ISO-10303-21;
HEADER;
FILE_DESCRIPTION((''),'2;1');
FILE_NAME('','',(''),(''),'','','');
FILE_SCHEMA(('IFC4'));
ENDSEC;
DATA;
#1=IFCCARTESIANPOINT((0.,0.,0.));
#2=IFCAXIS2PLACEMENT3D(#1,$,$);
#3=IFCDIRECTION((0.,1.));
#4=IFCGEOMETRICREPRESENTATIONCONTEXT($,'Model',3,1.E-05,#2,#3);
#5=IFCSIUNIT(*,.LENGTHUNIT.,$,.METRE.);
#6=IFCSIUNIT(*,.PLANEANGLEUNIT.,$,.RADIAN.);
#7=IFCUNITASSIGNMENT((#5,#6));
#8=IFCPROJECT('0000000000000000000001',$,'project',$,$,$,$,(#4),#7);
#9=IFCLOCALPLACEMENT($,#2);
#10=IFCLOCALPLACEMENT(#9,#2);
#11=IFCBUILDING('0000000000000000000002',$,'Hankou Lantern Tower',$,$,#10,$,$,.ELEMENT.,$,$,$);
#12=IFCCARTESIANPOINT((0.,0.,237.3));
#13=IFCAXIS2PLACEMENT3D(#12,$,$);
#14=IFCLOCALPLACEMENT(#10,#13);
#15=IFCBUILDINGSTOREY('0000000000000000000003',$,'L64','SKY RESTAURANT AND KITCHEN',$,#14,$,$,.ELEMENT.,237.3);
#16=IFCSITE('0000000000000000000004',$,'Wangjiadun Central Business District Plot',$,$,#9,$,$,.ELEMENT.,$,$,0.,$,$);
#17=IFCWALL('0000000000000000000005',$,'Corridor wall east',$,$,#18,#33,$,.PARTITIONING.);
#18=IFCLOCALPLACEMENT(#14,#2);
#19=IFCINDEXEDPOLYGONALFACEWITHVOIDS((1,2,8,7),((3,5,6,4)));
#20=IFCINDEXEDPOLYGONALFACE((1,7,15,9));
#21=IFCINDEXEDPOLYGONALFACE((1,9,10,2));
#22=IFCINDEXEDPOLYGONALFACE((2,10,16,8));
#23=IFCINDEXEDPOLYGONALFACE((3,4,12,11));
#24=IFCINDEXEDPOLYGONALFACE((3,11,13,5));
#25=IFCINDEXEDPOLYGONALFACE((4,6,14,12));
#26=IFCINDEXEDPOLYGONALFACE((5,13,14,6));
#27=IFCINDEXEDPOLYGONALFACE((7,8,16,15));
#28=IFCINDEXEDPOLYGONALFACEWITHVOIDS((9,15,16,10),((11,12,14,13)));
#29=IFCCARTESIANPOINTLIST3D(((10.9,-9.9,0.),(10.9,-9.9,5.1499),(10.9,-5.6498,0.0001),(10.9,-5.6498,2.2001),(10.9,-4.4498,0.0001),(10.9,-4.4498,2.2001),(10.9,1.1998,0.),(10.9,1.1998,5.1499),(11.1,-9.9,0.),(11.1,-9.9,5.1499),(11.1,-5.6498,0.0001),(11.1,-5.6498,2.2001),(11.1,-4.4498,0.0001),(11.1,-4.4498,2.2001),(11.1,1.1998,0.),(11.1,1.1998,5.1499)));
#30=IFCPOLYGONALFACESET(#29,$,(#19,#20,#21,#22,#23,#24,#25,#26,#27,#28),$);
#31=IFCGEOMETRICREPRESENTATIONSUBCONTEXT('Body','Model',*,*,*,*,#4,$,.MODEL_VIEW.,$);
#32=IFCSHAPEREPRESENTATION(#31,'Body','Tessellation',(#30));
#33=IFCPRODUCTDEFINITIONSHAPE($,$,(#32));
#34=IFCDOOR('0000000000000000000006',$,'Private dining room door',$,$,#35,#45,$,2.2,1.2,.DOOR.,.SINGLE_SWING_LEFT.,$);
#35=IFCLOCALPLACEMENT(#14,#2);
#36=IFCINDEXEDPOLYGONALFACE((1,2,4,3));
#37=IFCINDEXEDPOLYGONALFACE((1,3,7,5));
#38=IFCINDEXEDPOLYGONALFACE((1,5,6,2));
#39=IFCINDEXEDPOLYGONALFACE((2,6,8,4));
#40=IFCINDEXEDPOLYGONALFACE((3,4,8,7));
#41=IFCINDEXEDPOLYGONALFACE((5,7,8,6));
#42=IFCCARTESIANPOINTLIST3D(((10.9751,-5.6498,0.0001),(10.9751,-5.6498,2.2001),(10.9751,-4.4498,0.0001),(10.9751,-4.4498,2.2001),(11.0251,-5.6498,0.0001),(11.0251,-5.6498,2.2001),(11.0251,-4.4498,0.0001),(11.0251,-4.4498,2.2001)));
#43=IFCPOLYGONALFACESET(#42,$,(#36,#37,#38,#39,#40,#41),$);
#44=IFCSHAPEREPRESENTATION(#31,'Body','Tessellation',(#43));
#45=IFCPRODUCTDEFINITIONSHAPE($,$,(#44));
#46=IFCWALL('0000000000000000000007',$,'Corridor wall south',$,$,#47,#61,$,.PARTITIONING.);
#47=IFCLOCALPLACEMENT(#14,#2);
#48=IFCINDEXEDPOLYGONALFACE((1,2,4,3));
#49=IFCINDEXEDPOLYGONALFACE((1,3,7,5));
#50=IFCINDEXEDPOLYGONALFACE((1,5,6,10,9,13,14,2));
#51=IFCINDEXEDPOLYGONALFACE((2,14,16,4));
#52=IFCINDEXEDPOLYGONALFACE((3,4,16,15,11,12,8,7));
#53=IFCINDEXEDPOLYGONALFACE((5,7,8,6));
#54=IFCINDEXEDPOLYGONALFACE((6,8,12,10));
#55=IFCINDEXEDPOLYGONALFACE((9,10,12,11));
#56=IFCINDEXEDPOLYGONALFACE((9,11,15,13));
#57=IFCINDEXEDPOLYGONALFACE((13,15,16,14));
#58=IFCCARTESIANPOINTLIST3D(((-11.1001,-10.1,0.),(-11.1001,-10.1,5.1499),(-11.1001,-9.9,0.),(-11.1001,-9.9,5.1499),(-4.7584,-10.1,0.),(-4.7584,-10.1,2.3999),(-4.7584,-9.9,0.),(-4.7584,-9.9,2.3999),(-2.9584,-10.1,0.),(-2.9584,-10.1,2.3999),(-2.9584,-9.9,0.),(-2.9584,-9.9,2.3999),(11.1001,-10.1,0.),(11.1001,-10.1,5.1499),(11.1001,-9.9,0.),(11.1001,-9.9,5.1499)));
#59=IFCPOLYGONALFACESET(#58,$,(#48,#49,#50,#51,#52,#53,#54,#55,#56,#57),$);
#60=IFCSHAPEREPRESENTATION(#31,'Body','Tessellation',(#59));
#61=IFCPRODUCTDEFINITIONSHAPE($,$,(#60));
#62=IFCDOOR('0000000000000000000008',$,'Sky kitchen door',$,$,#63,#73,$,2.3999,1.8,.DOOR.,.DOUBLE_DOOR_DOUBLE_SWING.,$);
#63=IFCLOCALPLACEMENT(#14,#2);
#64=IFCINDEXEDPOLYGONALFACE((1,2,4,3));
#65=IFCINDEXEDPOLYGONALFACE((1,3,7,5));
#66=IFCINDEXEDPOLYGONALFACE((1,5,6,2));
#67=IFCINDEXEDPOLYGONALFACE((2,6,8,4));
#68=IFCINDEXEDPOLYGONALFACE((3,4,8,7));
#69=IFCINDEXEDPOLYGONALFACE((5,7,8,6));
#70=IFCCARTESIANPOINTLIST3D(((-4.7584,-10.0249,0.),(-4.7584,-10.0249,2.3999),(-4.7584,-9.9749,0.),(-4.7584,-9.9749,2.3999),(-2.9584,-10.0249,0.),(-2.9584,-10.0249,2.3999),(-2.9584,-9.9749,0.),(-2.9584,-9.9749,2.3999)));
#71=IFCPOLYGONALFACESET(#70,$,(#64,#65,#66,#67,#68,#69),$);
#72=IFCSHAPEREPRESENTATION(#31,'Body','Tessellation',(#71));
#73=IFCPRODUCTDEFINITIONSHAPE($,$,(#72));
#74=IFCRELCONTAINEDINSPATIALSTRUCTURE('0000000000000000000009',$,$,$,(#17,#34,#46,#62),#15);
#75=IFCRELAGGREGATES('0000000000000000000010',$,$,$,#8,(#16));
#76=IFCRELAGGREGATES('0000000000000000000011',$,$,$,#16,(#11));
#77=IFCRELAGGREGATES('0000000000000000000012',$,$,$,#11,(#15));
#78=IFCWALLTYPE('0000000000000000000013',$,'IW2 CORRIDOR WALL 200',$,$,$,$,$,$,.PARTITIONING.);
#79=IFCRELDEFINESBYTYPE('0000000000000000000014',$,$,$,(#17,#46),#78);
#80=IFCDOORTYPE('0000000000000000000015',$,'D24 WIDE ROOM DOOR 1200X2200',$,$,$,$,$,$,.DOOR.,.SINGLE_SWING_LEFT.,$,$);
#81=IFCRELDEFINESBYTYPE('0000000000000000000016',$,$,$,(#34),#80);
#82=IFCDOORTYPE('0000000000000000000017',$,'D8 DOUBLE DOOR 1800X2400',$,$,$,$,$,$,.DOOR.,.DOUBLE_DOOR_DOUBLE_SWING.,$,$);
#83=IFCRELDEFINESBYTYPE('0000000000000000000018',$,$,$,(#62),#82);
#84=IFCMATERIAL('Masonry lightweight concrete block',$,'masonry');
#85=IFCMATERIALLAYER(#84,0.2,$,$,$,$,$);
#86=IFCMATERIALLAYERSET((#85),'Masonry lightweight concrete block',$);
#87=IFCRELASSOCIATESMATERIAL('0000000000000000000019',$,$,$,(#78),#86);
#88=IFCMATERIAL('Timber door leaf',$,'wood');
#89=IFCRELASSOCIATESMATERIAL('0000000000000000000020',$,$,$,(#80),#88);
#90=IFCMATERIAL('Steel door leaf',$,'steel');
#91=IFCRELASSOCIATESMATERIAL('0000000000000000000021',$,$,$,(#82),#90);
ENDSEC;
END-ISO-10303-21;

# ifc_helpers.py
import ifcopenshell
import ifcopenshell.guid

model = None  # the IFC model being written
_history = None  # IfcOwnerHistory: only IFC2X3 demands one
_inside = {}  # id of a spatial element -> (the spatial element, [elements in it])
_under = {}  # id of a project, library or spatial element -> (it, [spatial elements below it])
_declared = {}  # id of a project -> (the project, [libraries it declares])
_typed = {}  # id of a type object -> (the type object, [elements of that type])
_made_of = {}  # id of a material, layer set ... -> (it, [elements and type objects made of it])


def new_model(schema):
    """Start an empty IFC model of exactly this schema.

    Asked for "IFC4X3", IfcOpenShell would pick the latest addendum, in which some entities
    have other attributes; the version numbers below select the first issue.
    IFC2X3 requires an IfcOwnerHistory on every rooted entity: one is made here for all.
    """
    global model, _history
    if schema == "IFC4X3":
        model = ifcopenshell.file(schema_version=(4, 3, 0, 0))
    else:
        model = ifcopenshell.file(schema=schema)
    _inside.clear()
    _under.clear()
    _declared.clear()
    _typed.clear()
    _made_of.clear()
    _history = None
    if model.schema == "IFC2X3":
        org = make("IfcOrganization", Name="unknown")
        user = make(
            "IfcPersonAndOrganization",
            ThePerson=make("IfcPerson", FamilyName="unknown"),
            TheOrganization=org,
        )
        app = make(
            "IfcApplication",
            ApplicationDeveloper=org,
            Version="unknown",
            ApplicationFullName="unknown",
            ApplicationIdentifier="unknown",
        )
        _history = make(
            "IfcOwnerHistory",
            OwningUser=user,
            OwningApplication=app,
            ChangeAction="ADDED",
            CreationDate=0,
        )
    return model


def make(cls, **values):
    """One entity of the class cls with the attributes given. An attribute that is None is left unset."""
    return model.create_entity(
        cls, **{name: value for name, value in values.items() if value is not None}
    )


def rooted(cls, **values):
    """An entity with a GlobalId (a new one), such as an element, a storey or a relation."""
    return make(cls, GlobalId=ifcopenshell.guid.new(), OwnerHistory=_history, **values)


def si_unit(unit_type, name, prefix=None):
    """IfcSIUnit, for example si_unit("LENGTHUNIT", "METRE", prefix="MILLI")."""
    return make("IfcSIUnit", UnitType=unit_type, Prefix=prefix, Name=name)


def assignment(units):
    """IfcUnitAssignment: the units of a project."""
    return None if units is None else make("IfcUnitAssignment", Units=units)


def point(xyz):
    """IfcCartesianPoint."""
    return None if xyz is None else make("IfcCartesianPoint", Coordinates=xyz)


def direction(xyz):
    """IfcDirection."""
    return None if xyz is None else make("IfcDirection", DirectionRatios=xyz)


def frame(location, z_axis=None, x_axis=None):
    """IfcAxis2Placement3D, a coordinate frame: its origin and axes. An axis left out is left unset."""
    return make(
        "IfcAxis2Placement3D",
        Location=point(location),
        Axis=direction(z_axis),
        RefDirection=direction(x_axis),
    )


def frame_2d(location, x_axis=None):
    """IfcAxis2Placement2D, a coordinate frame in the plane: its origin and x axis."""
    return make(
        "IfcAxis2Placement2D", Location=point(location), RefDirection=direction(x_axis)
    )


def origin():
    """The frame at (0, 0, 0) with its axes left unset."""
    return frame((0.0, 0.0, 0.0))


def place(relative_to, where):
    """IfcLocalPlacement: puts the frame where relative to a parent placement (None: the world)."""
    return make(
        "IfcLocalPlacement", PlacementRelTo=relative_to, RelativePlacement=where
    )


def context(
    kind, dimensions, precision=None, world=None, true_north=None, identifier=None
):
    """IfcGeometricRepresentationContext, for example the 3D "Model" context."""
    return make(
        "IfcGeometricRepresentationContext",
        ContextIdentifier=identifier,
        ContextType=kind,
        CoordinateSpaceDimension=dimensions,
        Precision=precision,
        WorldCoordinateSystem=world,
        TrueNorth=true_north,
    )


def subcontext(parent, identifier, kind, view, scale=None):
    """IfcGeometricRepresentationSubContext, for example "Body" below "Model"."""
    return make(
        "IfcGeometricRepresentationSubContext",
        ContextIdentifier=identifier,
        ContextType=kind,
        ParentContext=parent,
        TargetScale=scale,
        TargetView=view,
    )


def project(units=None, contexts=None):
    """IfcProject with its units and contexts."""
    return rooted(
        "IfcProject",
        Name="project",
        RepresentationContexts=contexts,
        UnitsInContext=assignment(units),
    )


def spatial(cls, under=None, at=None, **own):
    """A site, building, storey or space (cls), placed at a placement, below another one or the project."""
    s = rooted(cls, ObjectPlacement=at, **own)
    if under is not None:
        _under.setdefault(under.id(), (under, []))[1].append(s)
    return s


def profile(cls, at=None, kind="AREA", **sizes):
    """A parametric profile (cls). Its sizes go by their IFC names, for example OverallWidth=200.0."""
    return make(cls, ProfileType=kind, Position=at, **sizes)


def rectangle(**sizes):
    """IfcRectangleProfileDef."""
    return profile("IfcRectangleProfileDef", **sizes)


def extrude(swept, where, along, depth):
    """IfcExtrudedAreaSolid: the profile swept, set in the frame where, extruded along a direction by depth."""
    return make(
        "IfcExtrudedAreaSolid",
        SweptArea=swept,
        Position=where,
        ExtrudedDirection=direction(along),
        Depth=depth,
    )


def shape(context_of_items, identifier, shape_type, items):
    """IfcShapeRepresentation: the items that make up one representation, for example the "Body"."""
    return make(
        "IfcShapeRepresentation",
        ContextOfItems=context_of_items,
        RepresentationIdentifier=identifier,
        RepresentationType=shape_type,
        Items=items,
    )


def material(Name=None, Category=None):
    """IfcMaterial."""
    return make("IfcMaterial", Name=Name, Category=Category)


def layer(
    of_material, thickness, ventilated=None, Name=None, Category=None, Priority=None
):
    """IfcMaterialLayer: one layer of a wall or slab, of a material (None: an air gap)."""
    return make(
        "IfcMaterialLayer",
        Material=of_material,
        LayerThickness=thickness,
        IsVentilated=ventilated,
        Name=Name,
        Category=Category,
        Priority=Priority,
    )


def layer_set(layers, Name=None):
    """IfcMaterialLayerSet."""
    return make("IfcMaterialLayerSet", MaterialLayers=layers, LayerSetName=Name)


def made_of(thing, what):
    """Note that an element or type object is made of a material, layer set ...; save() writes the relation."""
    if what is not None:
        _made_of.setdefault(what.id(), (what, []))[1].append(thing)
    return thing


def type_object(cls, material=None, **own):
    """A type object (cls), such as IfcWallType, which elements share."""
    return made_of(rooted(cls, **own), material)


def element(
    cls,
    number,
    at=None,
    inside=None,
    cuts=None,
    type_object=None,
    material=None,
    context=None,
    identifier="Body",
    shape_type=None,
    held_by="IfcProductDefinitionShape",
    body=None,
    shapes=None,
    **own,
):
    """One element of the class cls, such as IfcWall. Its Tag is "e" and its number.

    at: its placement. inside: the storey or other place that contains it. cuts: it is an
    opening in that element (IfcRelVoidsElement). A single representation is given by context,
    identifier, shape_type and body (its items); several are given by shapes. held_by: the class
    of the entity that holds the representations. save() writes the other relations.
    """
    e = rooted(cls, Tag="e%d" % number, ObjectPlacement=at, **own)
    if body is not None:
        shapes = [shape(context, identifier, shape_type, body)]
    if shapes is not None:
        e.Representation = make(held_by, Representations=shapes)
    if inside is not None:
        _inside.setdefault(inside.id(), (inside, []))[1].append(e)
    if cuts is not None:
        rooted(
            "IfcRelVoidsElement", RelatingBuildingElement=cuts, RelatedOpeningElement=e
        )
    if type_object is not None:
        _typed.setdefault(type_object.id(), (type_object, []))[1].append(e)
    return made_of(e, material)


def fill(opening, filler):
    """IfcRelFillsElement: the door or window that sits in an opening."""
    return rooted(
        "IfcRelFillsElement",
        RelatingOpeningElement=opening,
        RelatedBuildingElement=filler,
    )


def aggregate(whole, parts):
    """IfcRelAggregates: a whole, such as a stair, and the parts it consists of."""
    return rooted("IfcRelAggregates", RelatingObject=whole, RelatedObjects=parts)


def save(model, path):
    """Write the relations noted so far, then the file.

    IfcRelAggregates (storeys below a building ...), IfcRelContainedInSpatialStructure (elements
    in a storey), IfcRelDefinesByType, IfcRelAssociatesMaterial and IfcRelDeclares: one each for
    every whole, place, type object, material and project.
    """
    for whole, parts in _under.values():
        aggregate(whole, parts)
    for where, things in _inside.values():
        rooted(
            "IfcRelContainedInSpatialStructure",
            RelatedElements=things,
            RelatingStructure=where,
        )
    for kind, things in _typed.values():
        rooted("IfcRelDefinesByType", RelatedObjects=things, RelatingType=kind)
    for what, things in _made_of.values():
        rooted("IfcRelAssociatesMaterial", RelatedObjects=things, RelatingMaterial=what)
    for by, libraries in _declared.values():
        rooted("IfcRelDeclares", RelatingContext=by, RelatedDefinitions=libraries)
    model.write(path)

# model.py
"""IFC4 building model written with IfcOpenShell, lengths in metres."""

from ifc_helpers import new_model, si_unit, direction, frame, frame_2d, origin, place, context, subcontext, project, spatial, rectangle, extrude, material, layer, layer_set, type_object, element, fill, save


model = new_model("IFC4")

# Units and contexts
model_context = context("Model", 3, precision=1e-05, world=origin(), true_north=direction((0.0, 1.0)))
body_context = subcontext(model_context, "Body", "Model", "MODEL_VIEW")
ifc_project = project(units=[si_unit("LENGTHUNIT", "METRE"), si_unit("PLANEANGLEUNIT", "RADIAN")], contexts=[model_context])

# Site, building, storey
site_placement = place(None, origin())
site = spatial("IfcSite", under=ifc_project, at=site_placement, Name="Wangjiadun Central Business District Plot", CompositionType="ELEMENT", RefElevation=0.0)
building_placement = place(site_placement, origin())
building = spatial("IfcBuilding", under=site, at=building_placement, Name="Hankou Lantern Tower", CompositionType="ELEMENT")
storey_placement = place(building_placement, frame((0.0, 0.0, 237.3)))
storey = spatial("IfcBuildingStorey", under=building, at=storey_placement, Name="L64", Description="SKY RESTAURANT AND KITCHEN", CompositionType="ELEMENT", Elevation=237.3)

# Walls, openings, doors
ifc_material_1 = material(Name="Masonry lightweight concrete block", Category="masonry")
ifc_layer_1 = layer(ifc_material_1, 0.2)
ifc_layer_set_1 = layer_set([ifc_layer_1], Name="Masonry lightweight concrete block")
wall_type_1 = type_object("IfcWallType", Name="IW2 CORRIDOR WALL 200", PredefinedType="PARTITIONING", material=ifc_layer_set_1)
wall_1_placement = place(storey_placement, frame((11.0, -9.8999, 0.0), z_axis=(0.0, 0.0, 1.0), x_axis=(0.0, 1.0, 0.0)))
wall_1 = element("IfcWall", 1, at=wall_1_placement, inside=storey, type_object=wall_type_1, Name="Corridor wall east", PredefinedType="PARTITIONING", context=body_context, shape_type="SweptSolid", body=[
    extrude(rectangle(XDim=11.0999, YDim=0.2, at=frame_2d((5.5498, 0.0))), origin(), (0.0, 0.0, 1.0), 5.1499),
])
opening_1_placement = place(wall_1_placement, frame((4.25, 0.0, 0.0)))
opening_1 = element("IfcOpeningElement", 2, at=opening_1_placement, cuts=wall_1, PredefinedType="OPENING", context=body_context, shape_type="SweptSolid", body=[
    extrude(rectangle(XDim=1.2, YDim=2.2, at=frame_2d((0.6001, 1.1001))), frame((0.0, 0.1099, 0.0), z_axis=(0.0, -1.0, 0.0), x_axis=(1.0, 0.0, 0.0)), (0.0, 0.0, 1.0), 0.22),
])
ifc_material_2 = material(Name="Timber door leaf", Category="wood")
door_type_1 = type_object("IfcDoorType", Name="D24 WIDE ROOM DOOR 1200X2200", OperationType="SINGLE_SWING_LEFT", PredefinedType="DOOR", material=ifc_material_2)
door_1_placement = place(opening_1_placement, origin())
door_1 = element("IfcDoor", 3, at=door_1_placement, inside=storey, type_object=door_type_1, Name="Private dining room door", OperationType="SINGLE_SWING_LEFT", OverallHeight=2.2, OverallWidth=1.2, PredefinedType="DOOR", context=body_context, shape_type="SweptSolid", body=[
    extrude(rectangle(XDim=1.2, YDim=2.2, at=frame_2d((0.6001, 1.1001))), frame((0.0, 0.0249, 0.0), z_axis=(0.0, -1.0, 0.0), x_axis=(1.0, 0.0, 0.0)), (0.0, 0.0, 1.0), 0.05),
])
fill(opening_1, door_1)
wall_2_placement = place(storey_placement, frame((11.1001, -10.0, 0.0), z_axis=(0.0, 0.0, 1.0), x_axis=(-1.0, 0.0, 0.0)))
wall_2 = element("IfcWall", 4, at=wall_2_placement, inside=storey, type_object=wall_type_1, Name="Corridor wall south", PredefinedType="PARTITIONING", context=body_context, shape_type="SweptSolid", body=[
    extrude(rectangle(XDim=22.2002, YDim=0.2, at=frame_2d((11.1001, 0.0))), origin(), (0.0, 0.0, 1.0), 5.1499),
])
opening_2_placement = place(wall_2_placement, frame((14.0586, 0.0, 0.0)))
opening_2 = element("IfcOpeningElement", 5, at=opening_2_placement, cuts=wall_2, PredefinedType="OPENING", context=body_context, shape_type="SweptSolid", body=[
    extrude(rectangle(XDim=1.8, YDim=2.3999, at=frame_2d((0.8999, 1.2))), frame((0.0, 0.1099, 0.0), z_axis=(0.0, -1.0, 0.0), x_axis=(1.0, 0.0, 0.0)), (0.0, 0.0, 1.0), 0.22),
])
ifc_material_3 = material(Name="Steel door leaf", Category="steel")
door_type_2 = type_object("IfcDoorType", Name="D8 DOUBLE DOOR 1800X2400", OperationType="DOUBLE_DOOR_DOUBLE_SWING", PredefinedType="DOOR", material=ifc_material_3)
door_2_placement = place(opening_2_placement, origin())
door_2 = element("IfcDoor", 6, at=door_2_placement, inside=storey, type_object=door_type_2, Name="Sky kitchen door", OperationType="DOUBLE_DOOR_DOUBLE_SWING", OverallHeight=2.3999, OverallWidth=1.8, PredefinedType="DOOR", context=body_context, shape_type="SweptSolid", body=[
    extrude(rectangle(XDim=1.8, YDim=2.3999, at=frame_2d((0.8999, 1.2))), frame((0.0, 0.0249, 0.0), z_axis=(0.0, -1.0, 0.0), x_axis=(1.0, 0.0, 0.0)), (0.0, 0.0, 1.0), 0.05),
])
fill(opening_2, door_2)

save(model, "model.ifc")
